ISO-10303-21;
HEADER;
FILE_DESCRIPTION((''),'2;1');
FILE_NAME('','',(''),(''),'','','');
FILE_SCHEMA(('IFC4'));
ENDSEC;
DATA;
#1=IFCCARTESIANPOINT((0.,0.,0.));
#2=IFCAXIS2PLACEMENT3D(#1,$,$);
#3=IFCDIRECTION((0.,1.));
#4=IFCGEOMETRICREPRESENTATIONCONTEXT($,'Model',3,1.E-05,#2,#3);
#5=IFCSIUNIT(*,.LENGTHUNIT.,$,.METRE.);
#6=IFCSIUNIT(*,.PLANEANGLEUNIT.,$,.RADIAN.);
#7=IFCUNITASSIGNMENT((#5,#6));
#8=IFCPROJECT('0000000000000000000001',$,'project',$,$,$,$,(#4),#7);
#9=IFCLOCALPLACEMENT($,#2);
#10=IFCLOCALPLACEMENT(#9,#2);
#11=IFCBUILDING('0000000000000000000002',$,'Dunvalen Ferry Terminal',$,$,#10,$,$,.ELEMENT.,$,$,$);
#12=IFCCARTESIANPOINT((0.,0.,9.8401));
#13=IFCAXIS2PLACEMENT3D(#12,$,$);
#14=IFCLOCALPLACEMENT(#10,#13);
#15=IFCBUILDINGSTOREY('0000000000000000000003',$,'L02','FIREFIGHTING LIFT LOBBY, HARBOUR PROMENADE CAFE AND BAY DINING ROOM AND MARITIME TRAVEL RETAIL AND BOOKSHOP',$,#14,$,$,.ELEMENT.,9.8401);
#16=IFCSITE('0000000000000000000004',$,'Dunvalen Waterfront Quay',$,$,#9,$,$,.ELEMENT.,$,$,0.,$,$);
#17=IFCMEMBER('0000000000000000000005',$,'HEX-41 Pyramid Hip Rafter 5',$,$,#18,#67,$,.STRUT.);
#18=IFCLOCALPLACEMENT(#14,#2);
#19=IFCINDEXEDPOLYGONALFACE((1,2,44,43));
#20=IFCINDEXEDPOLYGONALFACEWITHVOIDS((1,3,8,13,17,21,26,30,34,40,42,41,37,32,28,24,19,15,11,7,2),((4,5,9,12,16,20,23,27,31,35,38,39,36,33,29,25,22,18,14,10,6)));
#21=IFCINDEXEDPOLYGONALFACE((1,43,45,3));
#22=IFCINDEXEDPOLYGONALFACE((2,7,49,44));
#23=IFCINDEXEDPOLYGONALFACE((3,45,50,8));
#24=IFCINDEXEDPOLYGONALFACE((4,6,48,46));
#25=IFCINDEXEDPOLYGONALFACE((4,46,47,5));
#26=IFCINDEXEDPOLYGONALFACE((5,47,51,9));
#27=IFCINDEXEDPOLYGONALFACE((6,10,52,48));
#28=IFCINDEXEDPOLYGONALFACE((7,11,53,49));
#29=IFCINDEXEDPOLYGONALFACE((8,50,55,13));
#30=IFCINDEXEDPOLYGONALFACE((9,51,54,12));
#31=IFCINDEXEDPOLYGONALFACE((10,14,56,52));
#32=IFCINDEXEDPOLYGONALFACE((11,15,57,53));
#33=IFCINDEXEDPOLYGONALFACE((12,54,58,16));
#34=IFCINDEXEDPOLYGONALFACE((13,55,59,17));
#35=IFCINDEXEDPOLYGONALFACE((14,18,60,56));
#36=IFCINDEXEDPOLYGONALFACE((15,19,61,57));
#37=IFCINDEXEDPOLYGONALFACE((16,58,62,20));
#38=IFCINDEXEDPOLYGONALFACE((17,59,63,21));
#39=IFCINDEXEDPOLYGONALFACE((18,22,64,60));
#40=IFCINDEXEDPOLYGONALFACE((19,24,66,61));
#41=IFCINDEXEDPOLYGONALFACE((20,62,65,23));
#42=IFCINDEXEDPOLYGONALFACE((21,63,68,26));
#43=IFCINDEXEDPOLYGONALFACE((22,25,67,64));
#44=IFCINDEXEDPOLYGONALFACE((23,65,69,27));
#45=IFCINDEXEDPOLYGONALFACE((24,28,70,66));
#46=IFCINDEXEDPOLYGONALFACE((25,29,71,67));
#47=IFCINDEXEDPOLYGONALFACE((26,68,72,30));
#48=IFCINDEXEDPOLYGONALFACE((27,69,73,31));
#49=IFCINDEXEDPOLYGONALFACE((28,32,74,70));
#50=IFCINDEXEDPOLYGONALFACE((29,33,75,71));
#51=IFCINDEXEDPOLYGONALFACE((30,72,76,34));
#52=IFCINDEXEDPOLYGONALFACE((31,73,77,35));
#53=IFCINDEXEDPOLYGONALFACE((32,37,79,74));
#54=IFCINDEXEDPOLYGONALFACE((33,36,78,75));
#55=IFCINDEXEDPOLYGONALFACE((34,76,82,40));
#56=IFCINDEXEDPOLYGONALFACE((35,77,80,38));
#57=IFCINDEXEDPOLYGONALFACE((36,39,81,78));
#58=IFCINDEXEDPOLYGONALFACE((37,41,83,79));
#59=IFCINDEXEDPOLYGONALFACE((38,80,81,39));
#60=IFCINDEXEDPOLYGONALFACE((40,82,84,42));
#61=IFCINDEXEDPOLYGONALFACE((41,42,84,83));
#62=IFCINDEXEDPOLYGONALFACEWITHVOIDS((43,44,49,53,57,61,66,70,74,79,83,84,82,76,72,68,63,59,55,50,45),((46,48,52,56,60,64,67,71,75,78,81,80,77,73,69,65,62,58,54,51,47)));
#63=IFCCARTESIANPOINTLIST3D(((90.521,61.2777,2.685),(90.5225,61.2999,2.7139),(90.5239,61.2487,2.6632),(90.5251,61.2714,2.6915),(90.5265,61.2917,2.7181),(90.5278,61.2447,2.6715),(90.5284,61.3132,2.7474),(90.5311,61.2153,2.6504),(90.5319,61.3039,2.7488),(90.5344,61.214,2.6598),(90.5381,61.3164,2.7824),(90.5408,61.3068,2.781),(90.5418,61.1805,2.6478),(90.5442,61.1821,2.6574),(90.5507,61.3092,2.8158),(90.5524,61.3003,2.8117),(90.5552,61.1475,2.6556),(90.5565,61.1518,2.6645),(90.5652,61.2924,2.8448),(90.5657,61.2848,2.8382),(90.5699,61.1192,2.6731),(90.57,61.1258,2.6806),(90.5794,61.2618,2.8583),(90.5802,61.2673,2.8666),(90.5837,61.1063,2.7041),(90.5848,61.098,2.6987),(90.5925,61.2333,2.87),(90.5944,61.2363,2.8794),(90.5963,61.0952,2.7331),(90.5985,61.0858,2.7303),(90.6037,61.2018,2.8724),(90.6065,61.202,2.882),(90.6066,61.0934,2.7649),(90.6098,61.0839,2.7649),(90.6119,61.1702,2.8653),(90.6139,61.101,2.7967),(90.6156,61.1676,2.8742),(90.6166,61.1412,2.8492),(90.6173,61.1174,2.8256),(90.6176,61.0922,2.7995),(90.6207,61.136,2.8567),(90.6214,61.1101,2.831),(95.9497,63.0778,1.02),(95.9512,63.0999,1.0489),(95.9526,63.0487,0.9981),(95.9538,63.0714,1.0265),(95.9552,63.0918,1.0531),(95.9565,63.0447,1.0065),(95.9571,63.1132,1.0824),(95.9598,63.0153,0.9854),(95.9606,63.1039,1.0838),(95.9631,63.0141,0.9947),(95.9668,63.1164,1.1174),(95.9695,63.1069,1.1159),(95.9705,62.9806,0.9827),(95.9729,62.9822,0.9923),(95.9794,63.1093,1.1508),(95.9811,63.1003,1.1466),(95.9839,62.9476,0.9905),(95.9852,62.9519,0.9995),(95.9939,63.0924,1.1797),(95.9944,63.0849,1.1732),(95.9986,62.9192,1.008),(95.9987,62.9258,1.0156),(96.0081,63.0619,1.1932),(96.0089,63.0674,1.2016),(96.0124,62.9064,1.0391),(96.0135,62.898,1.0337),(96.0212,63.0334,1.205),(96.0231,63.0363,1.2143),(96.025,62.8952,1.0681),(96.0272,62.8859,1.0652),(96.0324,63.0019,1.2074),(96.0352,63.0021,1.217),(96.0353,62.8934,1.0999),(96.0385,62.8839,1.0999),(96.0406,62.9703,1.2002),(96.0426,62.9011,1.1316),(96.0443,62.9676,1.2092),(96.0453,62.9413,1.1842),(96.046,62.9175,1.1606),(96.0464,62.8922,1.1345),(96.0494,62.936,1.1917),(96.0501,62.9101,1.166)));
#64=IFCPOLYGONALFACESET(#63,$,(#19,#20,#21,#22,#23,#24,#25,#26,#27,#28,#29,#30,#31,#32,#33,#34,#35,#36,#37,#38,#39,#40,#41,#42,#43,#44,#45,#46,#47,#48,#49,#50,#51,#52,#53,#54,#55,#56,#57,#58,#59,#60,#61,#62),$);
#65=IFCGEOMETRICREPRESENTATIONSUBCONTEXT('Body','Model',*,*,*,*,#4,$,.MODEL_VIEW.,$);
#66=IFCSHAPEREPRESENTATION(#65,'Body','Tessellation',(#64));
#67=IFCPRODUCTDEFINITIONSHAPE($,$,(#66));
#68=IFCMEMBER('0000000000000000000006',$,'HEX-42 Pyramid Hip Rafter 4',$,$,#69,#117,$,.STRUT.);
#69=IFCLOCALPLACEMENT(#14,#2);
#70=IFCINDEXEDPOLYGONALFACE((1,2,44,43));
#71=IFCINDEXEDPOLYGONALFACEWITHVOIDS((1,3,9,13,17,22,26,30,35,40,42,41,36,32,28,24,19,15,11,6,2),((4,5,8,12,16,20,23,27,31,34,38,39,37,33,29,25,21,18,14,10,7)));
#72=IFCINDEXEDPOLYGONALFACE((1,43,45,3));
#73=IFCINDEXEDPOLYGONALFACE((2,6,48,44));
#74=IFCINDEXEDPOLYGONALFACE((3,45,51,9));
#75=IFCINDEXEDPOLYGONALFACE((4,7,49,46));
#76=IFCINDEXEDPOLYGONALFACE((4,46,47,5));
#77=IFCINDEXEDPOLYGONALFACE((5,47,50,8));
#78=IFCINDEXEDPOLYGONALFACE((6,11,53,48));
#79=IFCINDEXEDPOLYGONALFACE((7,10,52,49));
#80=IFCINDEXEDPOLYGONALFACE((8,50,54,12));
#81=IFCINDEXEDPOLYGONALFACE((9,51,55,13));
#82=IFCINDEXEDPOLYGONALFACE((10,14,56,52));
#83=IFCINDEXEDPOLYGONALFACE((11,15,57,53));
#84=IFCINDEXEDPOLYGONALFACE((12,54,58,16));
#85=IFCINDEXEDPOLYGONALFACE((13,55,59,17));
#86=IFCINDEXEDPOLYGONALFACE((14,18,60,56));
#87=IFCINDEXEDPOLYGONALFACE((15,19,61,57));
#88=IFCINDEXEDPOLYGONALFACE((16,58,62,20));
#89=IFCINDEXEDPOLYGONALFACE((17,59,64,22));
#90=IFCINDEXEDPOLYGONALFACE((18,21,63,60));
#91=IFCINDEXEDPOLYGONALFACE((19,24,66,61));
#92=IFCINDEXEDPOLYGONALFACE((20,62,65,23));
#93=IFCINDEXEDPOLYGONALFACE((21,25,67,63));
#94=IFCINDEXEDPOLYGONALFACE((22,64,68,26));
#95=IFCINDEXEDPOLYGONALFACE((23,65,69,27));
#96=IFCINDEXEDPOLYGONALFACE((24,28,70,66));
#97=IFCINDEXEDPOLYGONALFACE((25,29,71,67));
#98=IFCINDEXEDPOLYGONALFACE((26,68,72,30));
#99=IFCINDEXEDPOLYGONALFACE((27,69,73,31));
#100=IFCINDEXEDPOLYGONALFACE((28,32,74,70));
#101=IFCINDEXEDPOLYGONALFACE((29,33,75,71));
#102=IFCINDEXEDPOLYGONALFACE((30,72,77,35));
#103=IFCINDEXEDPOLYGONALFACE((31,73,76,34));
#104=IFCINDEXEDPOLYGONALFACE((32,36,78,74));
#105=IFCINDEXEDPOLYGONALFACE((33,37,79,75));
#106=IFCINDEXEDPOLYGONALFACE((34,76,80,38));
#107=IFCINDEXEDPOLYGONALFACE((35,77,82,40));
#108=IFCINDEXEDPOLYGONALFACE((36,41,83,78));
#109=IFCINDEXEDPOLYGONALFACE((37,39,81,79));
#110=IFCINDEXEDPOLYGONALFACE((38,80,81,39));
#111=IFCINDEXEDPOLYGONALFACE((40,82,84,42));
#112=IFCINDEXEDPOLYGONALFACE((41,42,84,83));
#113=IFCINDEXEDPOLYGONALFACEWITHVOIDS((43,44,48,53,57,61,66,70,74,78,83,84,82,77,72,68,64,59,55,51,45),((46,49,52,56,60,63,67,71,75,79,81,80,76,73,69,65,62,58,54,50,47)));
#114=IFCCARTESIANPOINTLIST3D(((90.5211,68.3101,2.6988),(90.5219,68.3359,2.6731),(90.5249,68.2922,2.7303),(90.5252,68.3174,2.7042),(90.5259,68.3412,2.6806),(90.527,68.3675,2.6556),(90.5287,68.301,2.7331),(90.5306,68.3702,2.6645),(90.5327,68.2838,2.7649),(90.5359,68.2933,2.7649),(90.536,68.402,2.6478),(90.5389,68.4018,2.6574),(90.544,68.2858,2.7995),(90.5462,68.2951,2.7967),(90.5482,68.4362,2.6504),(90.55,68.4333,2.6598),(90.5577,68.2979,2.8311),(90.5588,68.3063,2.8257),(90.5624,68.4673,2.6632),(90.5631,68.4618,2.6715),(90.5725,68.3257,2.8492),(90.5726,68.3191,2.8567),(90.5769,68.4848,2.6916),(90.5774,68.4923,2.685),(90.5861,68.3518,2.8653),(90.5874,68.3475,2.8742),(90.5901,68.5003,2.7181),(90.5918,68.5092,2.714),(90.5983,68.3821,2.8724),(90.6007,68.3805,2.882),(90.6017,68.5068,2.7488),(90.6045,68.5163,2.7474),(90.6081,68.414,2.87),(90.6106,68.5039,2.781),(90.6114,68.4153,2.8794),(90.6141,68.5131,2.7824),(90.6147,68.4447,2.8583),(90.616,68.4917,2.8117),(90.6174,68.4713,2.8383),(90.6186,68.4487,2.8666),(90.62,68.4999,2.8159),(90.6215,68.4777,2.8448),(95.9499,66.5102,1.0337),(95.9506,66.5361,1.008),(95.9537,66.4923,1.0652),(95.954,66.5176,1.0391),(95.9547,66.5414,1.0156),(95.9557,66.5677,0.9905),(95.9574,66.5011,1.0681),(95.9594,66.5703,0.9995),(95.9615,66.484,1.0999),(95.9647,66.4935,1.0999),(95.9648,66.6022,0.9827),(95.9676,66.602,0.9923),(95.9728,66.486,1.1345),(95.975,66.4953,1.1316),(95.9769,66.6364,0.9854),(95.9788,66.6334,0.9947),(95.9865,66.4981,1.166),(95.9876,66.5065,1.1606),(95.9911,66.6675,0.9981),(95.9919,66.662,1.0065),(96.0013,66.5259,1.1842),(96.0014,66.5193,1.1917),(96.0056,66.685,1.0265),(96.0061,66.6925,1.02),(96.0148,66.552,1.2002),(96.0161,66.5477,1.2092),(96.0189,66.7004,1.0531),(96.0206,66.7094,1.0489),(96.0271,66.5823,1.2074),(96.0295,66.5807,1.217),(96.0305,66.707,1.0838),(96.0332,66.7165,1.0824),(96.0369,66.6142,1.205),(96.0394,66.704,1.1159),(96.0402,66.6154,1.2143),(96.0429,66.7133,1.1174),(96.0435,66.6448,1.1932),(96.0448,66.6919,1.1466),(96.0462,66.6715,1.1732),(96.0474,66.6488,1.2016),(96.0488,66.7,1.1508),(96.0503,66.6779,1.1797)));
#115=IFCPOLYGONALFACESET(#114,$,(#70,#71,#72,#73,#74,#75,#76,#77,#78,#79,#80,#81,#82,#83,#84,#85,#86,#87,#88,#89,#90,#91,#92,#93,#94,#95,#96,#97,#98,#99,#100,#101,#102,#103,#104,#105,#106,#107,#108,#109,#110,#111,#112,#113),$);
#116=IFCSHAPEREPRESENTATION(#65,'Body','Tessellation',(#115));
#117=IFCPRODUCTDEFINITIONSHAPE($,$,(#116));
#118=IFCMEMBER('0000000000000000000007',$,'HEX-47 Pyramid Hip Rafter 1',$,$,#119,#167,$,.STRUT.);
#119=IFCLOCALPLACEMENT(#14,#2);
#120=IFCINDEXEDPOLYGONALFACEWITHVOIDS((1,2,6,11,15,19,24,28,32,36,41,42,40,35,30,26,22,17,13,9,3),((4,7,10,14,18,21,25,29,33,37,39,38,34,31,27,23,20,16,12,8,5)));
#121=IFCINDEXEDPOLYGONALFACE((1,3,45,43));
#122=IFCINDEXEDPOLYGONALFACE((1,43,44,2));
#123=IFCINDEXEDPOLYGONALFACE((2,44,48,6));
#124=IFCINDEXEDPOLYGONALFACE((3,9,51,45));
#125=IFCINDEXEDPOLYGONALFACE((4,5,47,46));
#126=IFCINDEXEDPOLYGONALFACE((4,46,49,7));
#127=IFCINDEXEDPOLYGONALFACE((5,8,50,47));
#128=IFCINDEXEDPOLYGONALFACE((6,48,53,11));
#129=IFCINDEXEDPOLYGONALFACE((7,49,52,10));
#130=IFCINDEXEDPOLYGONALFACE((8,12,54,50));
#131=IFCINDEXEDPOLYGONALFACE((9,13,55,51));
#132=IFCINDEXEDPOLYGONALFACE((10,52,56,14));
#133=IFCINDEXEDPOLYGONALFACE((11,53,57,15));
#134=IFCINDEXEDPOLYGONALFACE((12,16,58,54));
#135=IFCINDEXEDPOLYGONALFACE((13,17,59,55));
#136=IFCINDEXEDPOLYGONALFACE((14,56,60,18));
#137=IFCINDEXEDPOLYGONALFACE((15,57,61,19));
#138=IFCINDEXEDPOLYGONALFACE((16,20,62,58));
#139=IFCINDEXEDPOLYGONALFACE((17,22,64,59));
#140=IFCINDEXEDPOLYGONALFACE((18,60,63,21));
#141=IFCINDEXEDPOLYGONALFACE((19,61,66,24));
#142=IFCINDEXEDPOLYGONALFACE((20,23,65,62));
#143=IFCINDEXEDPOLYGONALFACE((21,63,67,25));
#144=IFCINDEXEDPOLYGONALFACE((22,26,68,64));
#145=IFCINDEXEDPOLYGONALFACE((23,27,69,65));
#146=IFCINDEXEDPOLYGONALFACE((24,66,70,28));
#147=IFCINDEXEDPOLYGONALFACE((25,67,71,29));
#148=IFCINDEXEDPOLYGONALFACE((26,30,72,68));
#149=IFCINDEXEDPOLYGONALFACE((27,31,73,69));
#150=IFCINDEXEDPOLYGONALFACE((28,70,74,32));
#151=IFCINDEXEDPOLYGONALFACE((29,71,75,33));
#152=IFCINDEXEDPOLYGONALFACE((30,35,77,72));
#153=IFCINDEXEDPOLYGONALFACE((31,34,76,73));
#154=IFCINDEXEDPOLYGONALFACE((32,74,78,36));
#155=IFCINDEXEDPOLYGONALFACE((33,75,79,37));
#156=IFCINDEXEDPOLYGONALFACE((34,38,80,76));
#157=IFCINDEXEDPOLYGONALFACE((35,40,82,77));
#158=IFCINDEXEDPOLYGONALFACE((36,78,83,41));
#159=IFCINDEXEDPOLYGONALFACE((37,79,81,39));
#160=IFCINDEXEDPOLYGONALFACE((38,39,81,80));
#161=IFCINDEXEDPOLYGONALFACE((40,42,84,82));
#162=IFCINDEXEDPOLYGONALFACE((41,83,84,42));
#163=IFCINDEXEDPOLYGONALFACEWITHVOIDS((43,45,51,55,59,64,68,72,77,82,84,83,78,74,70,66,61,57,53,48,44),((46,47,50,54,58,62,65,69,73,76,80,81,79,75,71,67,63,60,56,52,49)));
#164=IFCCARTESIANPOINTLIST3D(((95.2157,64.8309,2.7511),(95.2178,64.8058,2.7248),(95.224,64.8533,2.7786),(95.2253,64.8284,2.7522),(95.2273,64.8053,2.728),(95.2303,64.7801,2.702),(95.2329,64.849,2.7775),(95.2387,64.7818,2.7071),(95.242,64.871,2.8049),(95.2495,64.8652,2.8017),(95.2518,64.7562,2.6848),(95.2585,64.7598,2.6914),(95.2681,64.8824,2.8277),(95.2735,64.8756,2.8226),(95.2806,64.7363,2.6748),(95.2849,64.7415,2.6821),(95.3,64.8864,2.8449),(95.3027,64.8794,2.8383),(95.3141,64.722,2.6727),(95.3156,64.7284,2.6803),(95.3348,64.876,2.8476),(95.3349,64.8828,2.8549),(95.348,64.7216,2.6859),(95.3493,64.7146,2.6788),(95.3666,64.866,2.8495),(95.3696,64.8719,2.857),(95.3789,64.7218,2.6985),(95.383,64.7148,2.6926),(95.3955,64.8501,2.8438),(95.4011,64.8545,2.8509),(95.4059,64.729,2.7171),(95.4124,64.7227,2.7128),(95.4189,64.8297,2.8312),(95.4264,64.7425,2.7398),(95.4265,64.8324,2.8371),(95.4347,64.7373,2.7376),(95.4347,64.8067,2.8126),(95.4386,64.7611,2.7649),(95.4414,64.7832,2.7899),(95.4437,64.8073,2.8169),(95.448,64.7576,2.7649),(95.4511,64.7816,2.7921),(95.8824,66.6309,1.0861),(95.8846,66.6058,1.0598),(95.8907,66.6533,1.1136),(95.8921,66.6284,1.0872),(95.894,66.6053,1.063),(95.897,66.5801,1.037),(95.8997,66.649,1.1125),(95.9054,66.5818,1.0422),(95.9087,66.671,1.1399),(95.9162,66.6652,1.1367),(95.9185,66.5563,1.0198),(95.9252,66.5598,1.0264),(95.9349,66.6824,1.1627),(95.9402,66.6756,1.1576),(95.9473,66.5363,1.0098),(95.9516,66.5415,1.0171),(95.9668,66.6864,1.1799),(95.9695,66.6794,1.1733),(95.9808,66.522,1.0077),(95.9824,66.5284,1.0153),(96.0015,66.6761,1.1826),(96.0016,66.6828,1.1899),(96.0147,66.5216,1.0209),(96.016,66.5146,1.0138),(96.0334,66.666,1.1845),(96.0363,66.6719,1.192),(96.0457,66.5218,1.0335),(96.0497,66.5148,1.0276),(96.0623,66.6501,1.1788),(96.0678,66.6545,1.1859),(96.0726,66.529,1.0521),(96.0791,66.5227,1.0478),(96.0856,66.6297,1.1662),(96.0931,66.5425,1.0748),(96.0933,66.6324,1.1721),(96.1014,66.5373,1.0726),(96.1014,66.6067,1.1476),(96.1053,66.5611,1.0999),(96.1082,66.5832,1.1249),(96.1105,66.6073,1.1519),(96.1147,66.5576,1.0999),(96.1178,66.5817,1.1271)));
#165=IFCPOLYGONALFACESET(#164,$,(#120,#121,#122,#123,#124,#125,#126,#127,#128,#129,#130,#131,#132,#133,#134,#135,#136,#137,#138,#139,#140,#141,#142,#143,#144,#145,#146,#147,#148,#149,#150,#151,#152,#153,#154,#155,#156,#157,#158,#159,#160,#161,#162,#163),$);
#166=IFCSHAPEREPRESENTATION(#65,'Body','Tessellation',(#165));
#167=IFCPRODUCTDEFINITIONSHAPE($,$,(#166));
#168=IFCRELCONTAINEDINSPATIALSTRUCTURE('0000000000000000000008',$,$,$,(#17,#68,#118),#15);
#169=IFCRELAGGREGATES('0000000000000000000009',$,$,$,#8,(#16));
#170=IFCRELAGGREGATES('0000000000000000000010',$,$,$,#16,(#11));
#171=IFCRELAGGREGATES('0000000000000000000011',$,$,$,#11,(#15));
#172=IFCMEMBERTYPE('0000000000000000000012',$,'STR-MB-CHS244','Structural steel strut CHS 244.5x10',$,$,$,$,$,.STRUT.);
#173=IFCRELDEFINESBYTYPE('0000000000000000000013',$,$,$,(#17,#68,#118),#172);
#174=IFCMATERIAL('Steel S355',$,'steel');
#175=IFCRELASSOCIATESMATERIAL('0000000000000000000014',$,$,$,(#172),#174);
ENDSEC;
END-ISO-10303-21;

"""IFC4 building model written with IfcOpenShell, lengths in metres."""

from ifc_helpers import new_model, si_unit, direction, frame, origin, origin_2d, place, context, subcontext, project, spatial, hollow_circle, extrude, material, material_profile, profile_set, type_object, element, save


model = new_model("IFC4")

# Units and contexts
model_context = context("Model", 3, precision=1e-05, world=origin(), true_north=direction((0.0, 1.0)))
body_context = subcontext(model_context, "Body", "Model", "MODEL_VIEW")
ifc_project = project(units=[si_unit("LENGTHUNIT", "METRE"), si_unit("PLANEANGLEUNIT", "RADIAN")], contexts=[model_context])

# Site, building, storey
site_placement = place(None, origin())
site = spatial("IfcSite", under=ifc_project, at=site_placement, Name="Dunvalen Waterfront Quay", CompositionType="ELEMENT", RefElevation=0.0)
building_placement = place(site_placement, origin())
building = spatial("IfcBuilding", under=site, at=building_placement, Name="Dunvalen Ferry Terminal", CompositionType="ELEMENT")
storey_placement = place(building_placement, frame((0.0, 0.0, 9.8401)))
storey = spatial("IfcBuildingStorey", under=building, at=storey_placement, Name="L02", Description="FIREFIGHTING LIFT LOBBY, HARBOUR PROMENADE CAFE AND BAY DINING ROOM AND MARITIME TRAVEL RETAIL AND BOOKSHOP", CompositionType="ELEMENT", Elevation=9.8401)

# Shared definitions
ifc_material_1 = material(Name="Steel S355", Category="steel")

# Members
ifc_material_profile_1 = material_profile(ifc_material_1, hollow_circle(Radius=0.1223, WallThickness=0.01, at=origin_2d()), Name="Steel S355")
ifc_profile_set_1 = profile_set([ifc_material_profile_1], Name="Steel S355")
member_type_1 = type_object("IfcMemberType", Name="STR-MB-CHS244", Description="Structural steel strut CHS 244.5x10", PredefinedType="STRUT", material=ifc_profile_set_1)
for number, where, z_axis, x_axis, name in (
    (1, (96.0, 63.0, 1.0999), (-0.911347, -0.302184, 0.279519), (0.314729, -0.949182, 0.0), "HEX-41 Pyramid Hip Rafter 5"),
    (2, (96.0, 66.6001, 1.0999), (-0.911359, 0.302147, 0.279523), (-0.314691, -0.949194, 0.0), "HEX-42 Pyramid Hip Rafter 4"),
):
    element("IfcMember", number, at=place(storey_placement, frame(where, z_axis=z_axis, x_axis=x_axis)), inside=storey, type_object=member_type_1, Name=name, PredefinedType="STRUT", context=body_context, shape_type="SweptSolid", body=[
        extrude(hollow_circle(Radius=0.1223, WallThickness=0.01, at=origin_2d()), origin(), (0.0, 0.0, 1.0), 5.9568),
    ])
for number, where, z_axis, x_axis, name in (
    (3, (96.0, 66.6001, 1.0999), (-0.262388, -0.70838, 0.655249), (0.937738, -0.347343, 0.0), "HEX-47 Pyramid Hip Rafter 1"),
):
    element("IfcMember", number, at=place(storey_placement, frame(where, z_axis=z_axis, x_axis=x_axis)), inside=storey, type_object=member_type_1, Name=name, PredefinedType="STRUT", context=body_context, shape_type="SweptSolid", body=[
        extrude(hollow_circle(Radius=0.1223, WallThickness=0.01, at=origin_2d()), origin(), (0.0, 0.0, 1.0), 2.541),
    ])

save(model, "model.ifc")
